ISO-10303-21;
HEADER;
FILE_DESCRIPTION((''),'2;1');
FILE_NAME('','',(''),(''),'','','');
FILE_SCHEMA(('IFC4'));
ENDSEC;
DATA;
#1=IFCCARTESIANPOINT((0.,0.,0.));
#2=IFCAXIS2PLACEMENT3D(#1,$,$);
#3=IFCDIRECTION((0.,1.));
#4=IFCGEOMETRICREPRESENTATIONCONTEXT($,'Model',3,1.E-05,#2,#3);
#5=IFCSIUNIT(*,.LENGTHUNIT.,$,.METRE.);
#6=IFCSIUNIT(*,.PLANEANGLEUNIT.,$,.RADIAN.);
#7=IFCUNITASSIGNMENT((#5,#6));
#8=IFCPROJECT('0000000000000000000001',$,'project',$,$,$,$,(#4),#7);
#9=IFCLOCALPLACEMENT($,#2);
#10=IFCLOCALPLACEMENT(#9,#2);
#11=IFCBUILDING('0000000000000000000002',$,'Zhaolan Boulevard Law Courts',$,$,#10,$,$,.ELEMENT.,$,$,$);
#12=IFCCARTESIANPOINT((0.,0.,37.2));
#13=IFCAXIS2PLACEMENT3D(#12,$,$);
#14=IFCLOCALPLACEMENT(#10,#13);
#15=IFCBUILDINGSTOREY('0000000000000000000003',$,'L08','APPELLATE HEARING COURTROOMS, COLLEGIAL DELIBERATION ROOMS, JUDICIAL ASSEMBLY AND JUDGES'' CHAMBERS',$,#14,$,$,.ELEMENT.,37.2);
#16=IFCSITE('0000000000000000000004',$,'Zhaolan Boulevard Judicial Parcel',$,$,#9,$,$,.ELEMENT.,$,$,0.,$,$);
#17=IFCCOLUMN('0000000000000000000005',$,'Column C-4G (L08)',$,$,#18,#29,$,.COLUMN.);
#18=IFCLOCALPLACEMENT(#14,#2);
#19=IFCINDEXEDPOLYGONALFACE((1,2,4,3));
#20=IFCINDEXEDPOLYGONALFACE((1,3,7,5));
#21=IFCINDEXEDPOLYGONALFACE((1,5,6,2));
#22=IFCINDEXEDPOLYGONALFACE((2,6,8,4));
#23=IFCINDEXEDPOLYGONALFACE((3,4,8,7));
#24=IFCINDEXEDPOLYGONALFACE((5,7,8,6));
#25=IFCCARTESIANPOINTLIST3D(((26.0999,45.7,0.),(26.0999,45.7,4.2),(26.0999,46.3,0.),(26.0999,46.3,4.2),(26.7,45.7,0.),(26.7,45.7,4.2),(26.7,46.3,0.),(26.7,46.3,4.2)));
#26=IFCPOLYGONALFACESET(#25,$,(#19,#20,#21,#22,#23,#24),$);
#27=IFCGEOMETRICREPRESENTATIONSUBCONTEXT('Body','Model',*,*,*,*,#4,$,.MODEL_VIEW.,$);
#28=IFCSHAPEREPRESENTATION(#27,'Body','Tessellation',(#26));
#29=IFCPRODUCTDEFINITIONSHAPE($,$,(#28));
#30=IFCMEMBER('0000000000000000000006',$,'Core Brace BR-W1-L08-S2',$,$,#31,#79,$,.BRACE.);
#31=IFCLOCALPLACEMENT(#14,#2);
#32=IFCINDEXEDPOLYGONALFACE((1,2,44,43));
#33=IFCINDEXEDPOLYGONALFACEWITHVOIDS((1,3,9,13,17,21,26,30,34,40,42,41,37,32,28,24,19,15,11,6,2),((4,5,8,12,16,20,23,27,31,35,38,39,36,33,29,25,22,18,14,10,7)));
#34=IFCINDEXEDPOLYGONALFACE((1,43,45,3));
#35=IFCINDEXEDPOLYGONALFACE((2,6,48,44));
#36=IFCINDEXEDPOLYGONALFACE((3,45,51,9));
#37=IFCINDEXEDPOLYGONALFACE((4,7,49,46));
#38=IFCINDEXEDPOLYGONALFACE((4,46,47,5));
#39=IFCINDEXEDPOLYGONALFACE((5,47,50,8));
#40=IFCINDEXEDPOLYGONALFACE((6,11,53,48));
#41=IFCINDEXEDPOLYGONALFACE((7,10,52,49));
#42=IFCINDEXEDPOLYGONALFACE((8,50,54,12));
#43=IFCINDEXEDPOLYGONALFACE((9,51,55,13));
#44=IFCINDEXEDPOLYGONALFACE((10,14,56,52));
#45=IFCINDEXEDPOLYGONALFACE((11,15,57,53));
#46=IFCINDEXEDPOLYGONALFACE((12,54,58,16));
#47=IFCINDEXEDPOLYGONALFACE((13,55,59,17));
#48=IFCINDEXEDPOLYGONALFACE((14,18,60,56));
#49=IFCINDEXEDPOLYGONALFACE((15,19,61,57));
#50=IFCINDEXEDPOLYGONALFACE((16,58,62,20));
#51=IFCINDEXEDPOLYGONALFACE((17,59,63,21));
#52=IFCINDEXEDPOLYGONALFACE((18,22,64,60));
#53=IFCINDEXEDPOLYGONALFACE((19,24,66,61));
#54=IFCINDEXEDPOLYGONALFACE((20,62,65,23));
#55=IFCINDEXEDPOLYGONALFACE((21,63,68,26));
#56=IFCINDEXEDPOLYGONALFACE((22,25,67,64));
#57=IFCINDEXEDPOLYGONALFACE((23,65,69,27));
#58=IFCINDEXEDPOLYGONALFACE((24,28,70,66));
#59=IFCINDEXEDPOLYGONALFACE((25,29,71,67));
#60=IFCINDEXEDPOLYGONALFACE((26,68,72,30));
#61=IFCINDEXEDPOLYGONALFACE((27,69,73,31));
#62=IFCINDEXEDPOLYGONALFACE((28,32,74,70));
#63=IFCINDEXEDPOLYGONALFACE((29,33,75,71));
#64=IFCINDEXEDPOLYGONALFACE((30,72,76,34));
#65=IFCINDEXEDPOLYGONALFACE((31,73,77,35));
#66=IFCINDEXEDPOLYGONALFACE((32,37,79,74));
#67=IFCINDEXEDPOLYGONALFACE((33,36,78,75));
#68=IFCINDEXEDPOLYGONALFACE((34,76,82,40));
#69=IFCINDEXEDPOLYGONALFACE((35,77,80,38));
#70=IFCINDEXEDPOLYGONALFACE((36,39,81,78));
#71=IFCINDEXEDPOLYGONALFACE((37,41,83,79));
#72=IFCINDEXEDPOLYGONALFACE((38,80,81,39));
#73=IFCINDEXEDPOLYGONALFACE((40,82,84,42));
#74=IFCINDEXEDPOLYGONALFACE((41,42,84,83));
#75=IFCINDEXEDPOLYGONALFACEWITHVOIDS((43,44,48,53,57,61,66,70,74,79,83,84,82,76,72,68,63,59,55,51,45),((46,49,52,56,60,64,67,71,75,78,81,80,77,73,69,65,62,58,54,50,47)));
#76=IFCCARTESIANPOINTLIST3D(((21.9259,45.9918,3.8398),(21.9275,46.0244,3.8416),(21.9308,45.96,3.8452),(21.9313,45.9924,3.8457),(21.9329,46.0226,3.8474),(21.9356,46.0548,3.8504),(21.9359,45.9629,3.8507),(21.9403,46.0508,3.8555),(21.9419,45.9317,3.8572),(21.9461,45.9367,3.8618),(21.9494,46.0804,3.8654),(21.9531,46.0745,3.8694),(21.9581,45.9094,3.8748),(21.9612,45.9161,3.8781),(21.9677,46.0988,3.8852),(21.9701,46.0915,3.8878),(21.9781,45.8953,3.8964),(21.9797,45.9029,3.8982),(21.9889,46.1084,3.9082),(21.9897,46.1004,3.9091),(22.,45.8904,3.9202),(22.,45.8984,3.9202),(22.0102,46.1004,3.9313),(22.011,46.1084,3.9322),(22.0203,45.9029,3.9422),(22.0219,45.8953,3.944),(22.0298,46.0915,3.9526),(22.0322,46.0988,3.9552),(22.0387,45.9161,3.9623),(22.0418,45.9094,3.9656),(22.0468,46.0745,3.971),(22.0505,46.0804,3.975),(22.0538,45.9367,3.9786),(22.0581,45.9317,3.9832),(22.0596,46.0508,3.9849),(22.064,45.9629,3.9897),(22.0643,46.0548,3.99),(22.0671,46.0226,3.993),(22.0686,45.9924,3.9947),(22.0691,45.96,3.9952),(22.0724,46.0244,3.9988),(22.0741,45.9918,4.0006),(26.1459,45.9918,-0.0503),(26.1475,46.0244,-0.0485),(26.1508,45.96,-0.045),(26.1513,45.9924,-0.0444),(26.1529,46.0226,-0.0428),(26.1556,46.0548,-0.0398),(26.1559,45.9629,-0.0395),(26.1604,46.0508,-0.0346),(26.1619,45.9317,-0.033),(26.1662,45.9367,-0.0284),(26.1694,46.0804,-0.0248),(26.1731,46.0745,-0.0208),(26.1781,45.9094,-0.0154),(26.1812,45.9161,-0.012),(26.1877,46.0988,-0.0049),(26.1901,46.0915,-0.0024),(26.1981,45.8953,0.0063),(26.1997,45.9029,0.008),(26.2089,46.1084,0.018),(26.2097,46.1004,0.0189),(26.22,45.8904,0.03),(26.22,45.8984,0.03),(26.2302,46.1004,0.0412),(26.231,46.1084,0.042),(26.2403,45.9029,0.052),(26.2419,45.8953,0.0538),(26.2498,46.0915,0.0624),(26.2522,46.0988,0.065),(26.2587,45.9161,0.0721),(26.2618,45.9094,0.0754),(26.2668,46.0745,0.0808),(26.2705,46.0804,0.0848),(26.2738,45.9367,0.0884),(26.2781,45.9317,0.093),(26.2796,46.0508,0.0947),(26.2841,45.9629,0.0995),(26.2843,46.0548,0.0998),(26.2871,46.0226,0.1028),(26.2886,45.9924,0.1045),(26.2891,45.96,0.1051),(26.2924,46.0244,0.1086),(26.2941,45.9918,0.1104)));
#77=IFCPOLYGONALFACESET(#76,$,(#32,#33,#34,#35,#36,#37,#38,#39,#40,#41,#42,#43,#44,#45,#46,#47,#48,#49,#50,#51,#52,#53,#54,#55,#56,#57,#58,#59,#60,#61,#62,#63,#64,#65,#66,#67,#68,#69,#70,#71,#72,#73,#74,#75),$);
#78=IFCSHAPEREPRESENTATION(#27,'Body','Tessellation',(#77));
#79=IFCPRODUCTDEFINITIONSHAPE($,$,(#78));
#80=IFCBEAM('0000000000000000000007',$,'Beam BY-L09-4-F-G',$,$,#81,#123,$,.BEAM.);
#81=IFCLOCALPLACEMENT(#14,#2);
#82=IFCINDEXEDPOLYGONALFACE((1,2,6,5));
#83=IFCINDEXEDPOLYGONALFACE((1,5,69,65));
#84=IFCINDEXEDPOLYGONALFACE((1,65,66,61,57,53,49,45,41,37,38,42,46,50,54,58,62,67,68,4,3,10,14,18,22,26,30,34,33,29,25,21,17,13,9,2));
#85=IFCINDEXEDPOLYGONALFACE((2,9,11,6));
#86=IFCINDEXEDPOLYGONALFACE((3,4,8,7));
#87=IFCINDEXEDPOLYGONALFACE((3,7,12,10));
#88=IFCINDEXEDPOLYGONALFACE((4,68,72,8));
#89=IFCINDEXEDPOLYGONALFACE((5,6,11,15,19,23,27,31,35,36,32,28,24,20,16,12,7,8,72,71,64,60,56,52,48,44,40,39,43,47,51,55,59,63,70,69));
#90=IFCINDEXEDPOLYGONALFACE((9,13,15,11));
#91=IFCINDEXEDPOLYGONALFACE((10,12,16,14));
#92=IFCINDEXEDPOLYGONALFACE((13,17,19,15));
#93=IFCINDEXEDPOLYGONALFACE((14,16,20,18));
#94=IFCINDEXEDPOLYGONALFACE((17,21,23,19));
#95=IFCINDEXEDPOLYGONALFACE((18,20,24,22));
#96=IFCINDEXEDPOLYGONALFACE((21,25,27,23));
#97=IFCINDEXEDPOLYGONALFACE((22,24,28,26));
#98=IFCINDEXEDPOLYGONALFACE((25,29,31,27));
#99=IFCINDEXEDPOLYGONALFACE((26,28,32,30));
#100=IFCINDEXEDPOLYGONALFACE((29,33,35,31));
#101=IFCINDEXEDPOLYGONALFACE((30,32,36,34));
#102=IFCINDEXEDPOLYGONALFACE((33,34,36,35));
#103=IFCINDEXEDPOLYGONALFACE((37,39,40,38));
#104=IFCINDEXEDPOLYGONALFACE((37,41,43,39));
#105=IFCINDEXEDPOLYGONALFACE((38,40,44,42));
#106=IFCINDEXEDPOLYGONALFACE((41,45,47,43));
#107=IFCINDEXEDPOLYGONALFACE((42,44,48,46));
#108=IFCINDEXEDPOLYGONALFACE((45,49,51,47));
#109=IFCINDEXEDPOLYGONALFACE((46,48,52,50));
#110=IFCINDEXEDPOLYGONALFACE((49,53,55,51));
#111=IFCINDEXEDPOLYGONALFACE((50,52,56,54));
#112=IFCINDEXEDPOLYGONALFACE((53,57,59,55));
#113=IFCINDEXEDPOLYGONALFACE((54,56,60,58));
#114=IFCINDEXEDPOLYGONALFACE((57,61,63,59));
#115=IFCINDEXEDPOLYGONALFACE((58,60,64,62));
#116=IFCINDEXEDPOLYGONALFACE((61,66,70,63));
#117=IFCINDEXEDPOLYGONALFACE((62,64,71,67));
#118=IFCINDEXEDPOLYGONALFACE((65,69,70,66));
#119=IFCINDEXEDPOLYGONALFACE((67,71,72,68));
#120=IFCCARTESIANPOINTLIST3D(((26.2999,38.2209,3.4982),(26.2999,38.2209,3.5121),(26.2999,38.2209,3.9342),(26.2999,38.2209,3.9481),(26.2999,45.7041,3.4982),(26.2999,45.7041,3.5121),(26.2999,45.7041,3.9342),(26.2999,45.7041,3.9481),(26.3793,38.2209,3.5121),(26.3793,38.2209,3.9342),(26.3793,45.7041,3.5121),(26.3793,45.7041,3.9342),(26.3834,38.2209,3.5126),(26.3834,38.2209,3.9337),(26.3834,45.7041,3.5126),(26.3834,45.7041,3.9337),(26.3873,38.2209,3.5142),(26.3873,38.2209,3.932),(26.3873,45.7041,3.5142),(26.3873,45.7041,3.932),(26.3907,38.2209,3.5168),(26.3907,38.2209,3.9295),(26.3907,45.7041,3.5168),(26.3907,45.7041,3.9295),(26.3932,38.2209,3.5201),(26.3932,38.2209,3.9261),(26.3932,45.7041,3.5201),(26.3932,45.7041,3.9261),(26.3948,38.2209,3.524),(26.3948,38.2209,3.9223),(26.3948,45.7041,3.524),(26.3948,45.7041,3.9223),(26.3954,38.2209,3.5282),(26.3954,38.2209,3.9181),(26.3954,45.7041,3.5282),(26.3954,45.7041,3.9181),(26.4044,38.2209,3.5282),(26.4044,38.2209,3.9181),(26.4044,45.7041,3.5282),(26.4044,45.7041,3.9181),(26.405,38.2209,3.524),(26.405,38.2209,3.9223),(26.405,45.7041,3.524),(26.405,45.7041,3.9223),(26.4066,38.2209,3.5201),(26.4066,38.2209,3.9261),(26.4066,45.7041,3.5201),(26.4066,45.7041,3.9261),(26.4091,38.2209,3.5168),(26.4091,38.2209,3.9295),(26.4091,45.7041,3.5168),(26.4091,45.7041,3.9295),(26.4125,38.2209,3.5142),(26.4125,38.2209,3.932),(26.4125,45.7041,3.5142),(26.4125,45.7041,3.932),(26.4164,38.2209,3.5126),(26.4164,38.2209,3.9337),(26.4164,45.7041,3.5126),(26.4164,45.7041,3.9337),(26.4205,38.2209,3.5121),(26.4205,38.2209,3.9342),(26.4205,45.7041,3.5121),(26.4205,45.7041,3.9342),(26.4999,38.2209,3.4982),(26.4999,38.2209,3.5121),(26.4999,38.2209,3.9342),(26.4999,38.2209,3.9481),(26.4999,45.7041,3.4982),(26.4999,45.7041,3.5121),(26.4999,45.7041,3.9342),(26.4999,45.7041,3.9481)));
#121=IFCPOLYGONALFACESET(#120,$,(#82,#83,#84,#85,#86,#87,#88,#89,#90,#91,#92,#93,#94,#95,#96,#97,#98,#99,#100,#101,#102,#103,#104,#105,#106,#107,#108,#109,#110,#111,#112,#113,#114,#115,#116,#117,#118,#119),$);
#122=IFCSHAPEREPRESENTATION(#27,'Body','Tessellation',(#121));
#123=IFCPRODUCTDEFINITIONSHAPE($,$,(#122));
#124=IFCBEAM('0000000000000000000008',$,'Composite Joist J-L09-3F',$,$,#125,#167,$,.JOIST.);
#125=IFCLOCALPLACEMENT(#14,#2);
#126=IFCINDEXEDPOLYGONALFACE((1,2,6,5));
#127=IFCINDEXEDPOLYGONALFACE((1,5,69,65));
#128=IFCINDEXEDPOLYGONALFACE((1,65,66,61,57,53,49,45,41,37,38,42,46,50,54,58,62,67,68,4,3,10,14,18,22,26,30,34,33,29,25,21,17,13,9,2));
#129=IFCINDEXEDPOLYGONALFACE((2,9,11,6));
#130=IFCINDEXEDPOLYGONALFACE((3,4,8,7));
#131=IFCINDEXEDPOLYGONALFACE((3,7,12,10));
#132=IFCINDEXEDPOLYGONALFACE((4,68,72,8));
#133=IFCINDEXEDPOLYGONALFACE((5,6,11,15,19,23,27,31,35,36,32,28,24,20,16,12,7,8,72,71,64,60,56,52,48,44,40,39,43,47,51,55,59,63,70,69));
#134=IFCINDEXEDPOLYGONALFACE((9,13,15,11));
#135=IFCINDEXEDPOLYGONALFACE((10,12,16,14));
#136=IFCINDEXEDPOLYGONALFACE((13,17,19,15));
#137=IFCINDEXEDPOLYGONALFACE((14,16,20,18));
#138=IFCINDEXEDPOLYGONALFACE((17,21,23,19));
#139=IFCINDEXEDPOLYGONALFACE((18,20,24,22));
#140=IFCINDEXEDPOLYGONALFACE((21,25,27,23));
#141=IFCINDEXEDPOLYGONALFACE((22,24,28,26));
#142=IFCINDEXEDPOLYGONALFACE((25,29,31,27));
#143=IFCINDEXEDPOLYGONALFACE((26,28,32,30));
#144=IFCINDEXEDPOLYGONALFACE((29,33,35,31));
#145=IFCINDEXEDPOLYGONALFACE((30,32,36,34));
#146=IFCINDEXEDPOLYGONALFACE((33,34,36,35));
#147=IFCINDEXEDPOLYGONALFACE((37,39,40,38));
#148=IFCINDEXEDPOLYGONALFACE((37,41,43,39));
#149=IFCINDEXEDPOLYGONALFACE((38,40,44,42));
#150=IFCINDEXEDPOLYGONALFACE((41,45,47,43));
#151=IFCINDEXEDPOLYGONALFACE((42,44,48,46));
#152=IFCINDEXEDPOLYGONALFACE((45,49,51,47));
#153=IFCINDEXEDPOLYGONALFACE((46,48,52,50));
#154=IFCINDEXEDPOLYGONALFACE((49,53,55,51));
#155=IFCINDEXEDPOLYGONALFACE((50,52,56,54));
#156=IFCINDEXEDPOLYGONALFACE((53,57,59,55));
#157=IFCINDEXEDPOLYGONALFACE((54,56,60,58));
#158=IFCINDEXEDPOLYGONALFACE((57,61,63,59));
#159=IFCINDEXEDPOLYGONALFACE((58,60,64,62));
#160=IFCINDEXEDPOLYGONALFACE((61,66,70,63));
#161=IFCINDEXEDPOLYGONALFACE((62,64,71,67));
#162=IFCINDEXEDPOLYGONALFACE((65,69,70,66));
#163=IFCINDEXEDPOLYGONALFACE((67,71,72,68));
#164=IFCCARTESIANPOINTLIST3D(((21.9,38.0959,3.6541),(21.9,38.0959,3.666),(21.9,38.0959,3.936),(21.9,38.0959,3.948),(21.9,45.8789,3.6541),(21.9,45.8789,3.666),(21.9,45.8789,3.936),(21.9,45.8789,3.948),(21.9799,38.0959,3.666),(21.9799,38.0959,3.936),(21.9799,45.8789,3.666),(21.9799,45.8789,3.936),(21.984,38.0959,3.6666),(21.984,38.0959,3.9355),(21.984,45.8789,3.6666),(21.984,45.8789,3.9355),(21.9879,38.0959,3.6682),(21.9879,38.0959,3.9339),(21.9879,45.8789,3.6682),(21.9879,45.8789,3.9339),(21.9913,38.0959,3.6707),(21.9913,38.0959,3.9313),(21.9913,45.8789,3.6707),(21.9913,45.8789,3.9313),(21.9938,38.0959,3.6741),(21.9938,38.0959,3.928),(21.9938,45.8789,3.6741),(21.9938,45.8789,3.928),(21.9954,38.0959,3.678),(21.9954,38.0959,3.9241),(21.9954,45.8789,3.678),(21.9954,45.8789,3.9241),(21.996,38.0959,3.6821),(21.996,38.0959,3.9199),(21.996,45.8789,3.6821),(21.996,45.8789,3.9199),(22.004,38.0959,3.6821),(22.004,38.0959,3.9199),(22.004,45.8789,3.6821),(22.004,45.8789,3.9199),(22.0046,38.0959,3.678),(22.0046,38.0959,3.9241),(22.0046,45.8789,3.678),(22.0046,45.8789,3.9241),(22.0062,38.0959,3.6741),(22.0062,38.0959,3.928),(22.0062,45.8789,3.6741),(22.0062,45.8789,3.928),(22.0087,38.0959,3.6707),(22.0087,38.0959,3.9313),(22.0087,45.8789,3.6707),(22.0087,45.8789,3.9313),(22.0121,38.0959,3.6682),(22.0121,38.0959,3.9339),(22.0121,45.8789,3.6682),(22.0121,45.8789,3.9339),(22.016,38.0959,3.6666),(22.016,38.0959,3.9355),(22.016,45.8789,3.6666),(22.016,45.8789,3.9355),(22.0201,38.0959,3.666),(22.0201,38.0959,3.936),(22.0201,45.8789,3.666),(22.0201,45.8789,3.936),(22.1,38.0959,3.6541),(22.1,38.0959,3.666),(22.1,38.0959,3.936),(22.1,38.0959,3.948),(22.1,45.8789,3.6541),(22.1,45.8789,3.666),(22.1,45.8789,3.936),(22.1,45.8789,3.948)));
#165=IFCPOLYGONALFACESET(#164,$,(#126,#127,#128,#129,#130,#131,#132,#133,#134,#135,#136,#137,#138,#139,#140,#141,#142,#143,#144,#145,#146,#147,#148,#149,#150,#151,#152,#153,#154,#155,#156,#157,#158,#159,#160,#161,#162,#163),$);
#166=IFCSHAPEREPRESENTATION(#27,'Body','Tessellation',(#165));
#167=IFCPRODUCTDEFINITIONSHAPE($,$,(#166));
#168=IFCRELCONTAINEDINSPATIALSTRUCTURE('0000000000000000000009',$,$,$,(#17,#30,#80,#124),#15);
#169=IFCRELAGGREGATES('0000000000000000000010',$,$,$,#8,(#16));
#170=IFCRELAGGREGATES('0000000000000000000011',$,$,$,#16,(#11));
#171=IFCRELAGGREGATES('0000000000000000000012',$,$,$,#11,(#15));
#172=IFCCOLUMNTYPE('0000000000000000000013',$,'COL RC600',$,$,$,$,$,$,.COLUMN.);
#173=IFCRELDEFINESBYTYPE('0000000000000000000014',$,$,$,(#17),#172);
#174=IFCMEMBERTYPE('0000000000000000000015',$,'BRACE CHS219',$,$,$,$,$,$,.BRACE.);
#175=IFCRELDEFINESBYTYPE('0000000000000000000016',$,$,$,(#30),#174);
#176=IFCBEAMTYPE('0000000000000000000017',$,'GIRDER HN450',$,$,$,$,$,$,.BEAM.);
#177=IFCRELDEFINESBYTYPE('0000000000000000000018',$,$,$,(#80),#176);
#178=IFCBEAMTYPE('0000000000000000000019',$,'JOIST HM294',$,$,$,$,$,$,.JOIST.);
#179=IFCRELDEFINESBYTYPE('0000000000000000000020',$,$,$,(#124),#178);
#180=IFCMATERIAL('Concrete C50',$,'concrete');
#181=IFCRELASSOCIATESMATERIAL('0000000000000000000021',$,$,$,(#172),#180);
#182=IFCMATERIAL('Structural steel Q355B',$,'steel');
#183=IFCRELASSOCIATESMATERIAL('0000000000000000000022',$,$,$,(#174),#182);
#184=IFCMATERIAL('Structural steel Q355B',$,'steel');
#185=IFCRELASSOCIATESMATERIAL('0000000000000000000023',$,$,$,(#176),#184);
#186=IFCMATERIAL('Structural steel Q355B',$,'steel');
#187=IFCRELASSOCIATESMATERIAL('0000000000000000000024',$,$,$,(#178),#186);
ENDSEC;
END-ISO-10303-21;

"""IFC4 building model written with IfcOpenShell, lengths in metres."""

from ifc_helpers import new_model, si_unit, direction, frame, origin, origin_2d, place, context, subcontext, project, spatial, rectangle, hollow_circle, i_section, extrude, material, material_profile, profile_set, type_object, element, save


model = new_model("IFC4")

# Units and contexts
model_context = context("Model", 3, precision=1e-05, world=origin(), true_north=direction((0.0, 1.0)))
body_context = subcontext(model_context, "Body", "Model", "MODEL_VIEW")
ifc_project = project(units=[si_unit("LENGTHUNIT", "METRE"), si_unit("PLANEANGLEUNIT", "RADIAN")], contexts=[model_context])

# Site, building, storey
site_placement = place(None, origin())
site = spatial("IfcSite", under=ifc_project, at=site_placement, Name="Zhaolan Boulevard Judicial Parcel", CompositionType="ELEMENT", RefElevation=0.0)
building_placement = place(site_placement, origin())
building = spatial("IfcBuilding", under=site, at=building_placement, Name="Zhaolan Boulevard Law Courts", CompositionType="ELEMENT")
storey_placement = place(building_placement, frame((0.0, 0.0, 37.2)))
storey = spatial("IfcBuildingStorey", under=building, at=storey_placement, Name="L08", Description="APPELLATE HEARING COURTROOMS, COLLEGIAL DELIBERATION ROOMS, JUDICIAL ASSEMBLY AND JUDGES' CHAMBERS", CompositionType="ELEMENT", Elevation=37.2)

# Column
ifc_material_1 = material(Name="Concrete C50", Category="concrete")
ifc_material_profile_1 = material_profile(ifc_material_1, rectangle(XDim=0.6001, YDim=0.6001, at=origin_2d()), Name="RC600x600")
ifc_profile_set_1 = profile_set([ifc_material_profile_1], Name="Concrete C50")
column_type = type_object("IfcColumnType", Name="COL RC600", PredefinedType="COLUMN", material=ifc_profile_set_1)
column_placement = place(storey_placement, frame((26.3999, 46.0, 0.0), z_axis=(0.0, 0.0, 1.0), x_axis=(1.0, 0.0, 0.0)))
element("IfcColumn", 1, at=column_placement, inside=storey, type_object=column_type, Name="Column C-4G (L08)", PredefinedType="COLUMN", context=body_context, shape_type="SweptSolid", body=[
    extrude(rectangle(XDim=0.6001, YDim=0.6001, at=origin_2d()), origin(), (0.0, 0.0, 1.0), 4.2),
])

# Member
ifc_material_2 = material(Name="Structural steel Q355B", Category="steel")
ifc_material_profile_2 = material_profile(ifc_material_2, hollow_circle(Radius=0.1096, WallThickness=0.0081, at=origin_2d()), Name="CHS219x8")
ifc_profile_set_2 = profile_set([ifc_material_profile_2], Name="Structural steel Q355B")
member_type = type_object("IfcMemberType", Name="BRACE CHS219", PredefinedType="BRACE", material=ifc_profile_set_2)
member_placement = place(storey_placement, frame((26.22, 46.0, 0.03), z_axis=(-0.735257, 0.0, 0.677789), x_axis=(0.0, -1.0, 0.0)))
element("IfcMember", 2, at=member_placement, inside=storey, type_object=member_type, Name="Core Brace BR-W1-L08-S2", PredefinedType="BRACE", context=body_context, shape_type="SweptSolid", body=[
    extrude(hollow_circle(Radius=0.1096, WallThickness=0.0081, at=origin_2d()), origin(), (0.0, 0.0, 1.0), 5.7395),
])

# Beams
ifc_material_3 = material(Name="Structural steel Q355B", Category="steel")
ifc_material_profile_3 = material_profile(ifc_material_3, i_section(OverallWidth=0.2, OverallDepth=0.45, WebThickness=0.009, FlangeThickness=0.0139, FilletRadius=0.0161, at=origin_2d()), Name="HN450x200")
ifc_profile_set_3 = profile_set([ifc_material_profile_3], Name="Structural steel Q355B")
beam_type_1 = type_object("IfcBeamType", Name="GIRDER HN450", PredefinedType="BEAM", material=ifc_profile_set_3)
beam_1_placement = place(storey_placement, frame((26.3999, 38.2209, 3.7231), z_axis=(0.0, 1.0, 0.0), x_axis=(-1.0, 0.0, 0.0)))
element("IfcBeam", 3, at=beam_1_placement, inside=storey, type_object=beam_type_1, Name="Beam BY-L09-4-F-G", PredefinedType="BEAM", context=body_context, shape_type="SweptSolid", body=[
    extrude(i_section(OverallWidth=0.2, OverallDepth=0.45, WebThickness=0.009, FlangeThickness=0.0139, FilletRadius=0.0161, at=origin_2d()), origin(), (0.0, 0.0, 1.0), 7.4832),
])
ifc_material_4 = material(Name="Structural steel Q355B", Category="steel")
ifc_material_profile_4 = material_profile(ifc_material_4, i_section(OverallWidth=0.2, OverallDepth=0.2939, WebThickness=0.0081, FlangeThickness=0.012, FilletRadius=0.0161, at=origin_2d()), Name="HM294x200")
ifc_profile_set_4 = profile_set([ifc_material_profile_4], Name="Structural steel Q355B")
beam_type_2 = type_object("IfcBeamType", Name="JOIST HM294", PredefinedType="JOIST", material=ifc_profile_set_4)
beam_2_placement = place(storey_placement, frame((22.0, 38.0959, 3.801), z_axis=(0.0, 1.0, 0.0), x_axis=(-1.0, 0.0, 0.0)))
element("IfcBeam", 4, at=beam_2_placement, inside=storey, type_object=beam_type_2, Name="Composite Joist J-L09-3F", PredefinedType="JOIST", context=body_context, shape_type="SweptSolid", body=[
    extrude(i_section(OverallWidth=0.2, OverallDepth=0.2939, WebThickness=0.0081, FlangeThickness=0.012, FilletRadius=0.0161, at=origin_2d()), origin(), (0.0, 0.0, 1.0), 7.783),
])

save(model, "model.ifc")
